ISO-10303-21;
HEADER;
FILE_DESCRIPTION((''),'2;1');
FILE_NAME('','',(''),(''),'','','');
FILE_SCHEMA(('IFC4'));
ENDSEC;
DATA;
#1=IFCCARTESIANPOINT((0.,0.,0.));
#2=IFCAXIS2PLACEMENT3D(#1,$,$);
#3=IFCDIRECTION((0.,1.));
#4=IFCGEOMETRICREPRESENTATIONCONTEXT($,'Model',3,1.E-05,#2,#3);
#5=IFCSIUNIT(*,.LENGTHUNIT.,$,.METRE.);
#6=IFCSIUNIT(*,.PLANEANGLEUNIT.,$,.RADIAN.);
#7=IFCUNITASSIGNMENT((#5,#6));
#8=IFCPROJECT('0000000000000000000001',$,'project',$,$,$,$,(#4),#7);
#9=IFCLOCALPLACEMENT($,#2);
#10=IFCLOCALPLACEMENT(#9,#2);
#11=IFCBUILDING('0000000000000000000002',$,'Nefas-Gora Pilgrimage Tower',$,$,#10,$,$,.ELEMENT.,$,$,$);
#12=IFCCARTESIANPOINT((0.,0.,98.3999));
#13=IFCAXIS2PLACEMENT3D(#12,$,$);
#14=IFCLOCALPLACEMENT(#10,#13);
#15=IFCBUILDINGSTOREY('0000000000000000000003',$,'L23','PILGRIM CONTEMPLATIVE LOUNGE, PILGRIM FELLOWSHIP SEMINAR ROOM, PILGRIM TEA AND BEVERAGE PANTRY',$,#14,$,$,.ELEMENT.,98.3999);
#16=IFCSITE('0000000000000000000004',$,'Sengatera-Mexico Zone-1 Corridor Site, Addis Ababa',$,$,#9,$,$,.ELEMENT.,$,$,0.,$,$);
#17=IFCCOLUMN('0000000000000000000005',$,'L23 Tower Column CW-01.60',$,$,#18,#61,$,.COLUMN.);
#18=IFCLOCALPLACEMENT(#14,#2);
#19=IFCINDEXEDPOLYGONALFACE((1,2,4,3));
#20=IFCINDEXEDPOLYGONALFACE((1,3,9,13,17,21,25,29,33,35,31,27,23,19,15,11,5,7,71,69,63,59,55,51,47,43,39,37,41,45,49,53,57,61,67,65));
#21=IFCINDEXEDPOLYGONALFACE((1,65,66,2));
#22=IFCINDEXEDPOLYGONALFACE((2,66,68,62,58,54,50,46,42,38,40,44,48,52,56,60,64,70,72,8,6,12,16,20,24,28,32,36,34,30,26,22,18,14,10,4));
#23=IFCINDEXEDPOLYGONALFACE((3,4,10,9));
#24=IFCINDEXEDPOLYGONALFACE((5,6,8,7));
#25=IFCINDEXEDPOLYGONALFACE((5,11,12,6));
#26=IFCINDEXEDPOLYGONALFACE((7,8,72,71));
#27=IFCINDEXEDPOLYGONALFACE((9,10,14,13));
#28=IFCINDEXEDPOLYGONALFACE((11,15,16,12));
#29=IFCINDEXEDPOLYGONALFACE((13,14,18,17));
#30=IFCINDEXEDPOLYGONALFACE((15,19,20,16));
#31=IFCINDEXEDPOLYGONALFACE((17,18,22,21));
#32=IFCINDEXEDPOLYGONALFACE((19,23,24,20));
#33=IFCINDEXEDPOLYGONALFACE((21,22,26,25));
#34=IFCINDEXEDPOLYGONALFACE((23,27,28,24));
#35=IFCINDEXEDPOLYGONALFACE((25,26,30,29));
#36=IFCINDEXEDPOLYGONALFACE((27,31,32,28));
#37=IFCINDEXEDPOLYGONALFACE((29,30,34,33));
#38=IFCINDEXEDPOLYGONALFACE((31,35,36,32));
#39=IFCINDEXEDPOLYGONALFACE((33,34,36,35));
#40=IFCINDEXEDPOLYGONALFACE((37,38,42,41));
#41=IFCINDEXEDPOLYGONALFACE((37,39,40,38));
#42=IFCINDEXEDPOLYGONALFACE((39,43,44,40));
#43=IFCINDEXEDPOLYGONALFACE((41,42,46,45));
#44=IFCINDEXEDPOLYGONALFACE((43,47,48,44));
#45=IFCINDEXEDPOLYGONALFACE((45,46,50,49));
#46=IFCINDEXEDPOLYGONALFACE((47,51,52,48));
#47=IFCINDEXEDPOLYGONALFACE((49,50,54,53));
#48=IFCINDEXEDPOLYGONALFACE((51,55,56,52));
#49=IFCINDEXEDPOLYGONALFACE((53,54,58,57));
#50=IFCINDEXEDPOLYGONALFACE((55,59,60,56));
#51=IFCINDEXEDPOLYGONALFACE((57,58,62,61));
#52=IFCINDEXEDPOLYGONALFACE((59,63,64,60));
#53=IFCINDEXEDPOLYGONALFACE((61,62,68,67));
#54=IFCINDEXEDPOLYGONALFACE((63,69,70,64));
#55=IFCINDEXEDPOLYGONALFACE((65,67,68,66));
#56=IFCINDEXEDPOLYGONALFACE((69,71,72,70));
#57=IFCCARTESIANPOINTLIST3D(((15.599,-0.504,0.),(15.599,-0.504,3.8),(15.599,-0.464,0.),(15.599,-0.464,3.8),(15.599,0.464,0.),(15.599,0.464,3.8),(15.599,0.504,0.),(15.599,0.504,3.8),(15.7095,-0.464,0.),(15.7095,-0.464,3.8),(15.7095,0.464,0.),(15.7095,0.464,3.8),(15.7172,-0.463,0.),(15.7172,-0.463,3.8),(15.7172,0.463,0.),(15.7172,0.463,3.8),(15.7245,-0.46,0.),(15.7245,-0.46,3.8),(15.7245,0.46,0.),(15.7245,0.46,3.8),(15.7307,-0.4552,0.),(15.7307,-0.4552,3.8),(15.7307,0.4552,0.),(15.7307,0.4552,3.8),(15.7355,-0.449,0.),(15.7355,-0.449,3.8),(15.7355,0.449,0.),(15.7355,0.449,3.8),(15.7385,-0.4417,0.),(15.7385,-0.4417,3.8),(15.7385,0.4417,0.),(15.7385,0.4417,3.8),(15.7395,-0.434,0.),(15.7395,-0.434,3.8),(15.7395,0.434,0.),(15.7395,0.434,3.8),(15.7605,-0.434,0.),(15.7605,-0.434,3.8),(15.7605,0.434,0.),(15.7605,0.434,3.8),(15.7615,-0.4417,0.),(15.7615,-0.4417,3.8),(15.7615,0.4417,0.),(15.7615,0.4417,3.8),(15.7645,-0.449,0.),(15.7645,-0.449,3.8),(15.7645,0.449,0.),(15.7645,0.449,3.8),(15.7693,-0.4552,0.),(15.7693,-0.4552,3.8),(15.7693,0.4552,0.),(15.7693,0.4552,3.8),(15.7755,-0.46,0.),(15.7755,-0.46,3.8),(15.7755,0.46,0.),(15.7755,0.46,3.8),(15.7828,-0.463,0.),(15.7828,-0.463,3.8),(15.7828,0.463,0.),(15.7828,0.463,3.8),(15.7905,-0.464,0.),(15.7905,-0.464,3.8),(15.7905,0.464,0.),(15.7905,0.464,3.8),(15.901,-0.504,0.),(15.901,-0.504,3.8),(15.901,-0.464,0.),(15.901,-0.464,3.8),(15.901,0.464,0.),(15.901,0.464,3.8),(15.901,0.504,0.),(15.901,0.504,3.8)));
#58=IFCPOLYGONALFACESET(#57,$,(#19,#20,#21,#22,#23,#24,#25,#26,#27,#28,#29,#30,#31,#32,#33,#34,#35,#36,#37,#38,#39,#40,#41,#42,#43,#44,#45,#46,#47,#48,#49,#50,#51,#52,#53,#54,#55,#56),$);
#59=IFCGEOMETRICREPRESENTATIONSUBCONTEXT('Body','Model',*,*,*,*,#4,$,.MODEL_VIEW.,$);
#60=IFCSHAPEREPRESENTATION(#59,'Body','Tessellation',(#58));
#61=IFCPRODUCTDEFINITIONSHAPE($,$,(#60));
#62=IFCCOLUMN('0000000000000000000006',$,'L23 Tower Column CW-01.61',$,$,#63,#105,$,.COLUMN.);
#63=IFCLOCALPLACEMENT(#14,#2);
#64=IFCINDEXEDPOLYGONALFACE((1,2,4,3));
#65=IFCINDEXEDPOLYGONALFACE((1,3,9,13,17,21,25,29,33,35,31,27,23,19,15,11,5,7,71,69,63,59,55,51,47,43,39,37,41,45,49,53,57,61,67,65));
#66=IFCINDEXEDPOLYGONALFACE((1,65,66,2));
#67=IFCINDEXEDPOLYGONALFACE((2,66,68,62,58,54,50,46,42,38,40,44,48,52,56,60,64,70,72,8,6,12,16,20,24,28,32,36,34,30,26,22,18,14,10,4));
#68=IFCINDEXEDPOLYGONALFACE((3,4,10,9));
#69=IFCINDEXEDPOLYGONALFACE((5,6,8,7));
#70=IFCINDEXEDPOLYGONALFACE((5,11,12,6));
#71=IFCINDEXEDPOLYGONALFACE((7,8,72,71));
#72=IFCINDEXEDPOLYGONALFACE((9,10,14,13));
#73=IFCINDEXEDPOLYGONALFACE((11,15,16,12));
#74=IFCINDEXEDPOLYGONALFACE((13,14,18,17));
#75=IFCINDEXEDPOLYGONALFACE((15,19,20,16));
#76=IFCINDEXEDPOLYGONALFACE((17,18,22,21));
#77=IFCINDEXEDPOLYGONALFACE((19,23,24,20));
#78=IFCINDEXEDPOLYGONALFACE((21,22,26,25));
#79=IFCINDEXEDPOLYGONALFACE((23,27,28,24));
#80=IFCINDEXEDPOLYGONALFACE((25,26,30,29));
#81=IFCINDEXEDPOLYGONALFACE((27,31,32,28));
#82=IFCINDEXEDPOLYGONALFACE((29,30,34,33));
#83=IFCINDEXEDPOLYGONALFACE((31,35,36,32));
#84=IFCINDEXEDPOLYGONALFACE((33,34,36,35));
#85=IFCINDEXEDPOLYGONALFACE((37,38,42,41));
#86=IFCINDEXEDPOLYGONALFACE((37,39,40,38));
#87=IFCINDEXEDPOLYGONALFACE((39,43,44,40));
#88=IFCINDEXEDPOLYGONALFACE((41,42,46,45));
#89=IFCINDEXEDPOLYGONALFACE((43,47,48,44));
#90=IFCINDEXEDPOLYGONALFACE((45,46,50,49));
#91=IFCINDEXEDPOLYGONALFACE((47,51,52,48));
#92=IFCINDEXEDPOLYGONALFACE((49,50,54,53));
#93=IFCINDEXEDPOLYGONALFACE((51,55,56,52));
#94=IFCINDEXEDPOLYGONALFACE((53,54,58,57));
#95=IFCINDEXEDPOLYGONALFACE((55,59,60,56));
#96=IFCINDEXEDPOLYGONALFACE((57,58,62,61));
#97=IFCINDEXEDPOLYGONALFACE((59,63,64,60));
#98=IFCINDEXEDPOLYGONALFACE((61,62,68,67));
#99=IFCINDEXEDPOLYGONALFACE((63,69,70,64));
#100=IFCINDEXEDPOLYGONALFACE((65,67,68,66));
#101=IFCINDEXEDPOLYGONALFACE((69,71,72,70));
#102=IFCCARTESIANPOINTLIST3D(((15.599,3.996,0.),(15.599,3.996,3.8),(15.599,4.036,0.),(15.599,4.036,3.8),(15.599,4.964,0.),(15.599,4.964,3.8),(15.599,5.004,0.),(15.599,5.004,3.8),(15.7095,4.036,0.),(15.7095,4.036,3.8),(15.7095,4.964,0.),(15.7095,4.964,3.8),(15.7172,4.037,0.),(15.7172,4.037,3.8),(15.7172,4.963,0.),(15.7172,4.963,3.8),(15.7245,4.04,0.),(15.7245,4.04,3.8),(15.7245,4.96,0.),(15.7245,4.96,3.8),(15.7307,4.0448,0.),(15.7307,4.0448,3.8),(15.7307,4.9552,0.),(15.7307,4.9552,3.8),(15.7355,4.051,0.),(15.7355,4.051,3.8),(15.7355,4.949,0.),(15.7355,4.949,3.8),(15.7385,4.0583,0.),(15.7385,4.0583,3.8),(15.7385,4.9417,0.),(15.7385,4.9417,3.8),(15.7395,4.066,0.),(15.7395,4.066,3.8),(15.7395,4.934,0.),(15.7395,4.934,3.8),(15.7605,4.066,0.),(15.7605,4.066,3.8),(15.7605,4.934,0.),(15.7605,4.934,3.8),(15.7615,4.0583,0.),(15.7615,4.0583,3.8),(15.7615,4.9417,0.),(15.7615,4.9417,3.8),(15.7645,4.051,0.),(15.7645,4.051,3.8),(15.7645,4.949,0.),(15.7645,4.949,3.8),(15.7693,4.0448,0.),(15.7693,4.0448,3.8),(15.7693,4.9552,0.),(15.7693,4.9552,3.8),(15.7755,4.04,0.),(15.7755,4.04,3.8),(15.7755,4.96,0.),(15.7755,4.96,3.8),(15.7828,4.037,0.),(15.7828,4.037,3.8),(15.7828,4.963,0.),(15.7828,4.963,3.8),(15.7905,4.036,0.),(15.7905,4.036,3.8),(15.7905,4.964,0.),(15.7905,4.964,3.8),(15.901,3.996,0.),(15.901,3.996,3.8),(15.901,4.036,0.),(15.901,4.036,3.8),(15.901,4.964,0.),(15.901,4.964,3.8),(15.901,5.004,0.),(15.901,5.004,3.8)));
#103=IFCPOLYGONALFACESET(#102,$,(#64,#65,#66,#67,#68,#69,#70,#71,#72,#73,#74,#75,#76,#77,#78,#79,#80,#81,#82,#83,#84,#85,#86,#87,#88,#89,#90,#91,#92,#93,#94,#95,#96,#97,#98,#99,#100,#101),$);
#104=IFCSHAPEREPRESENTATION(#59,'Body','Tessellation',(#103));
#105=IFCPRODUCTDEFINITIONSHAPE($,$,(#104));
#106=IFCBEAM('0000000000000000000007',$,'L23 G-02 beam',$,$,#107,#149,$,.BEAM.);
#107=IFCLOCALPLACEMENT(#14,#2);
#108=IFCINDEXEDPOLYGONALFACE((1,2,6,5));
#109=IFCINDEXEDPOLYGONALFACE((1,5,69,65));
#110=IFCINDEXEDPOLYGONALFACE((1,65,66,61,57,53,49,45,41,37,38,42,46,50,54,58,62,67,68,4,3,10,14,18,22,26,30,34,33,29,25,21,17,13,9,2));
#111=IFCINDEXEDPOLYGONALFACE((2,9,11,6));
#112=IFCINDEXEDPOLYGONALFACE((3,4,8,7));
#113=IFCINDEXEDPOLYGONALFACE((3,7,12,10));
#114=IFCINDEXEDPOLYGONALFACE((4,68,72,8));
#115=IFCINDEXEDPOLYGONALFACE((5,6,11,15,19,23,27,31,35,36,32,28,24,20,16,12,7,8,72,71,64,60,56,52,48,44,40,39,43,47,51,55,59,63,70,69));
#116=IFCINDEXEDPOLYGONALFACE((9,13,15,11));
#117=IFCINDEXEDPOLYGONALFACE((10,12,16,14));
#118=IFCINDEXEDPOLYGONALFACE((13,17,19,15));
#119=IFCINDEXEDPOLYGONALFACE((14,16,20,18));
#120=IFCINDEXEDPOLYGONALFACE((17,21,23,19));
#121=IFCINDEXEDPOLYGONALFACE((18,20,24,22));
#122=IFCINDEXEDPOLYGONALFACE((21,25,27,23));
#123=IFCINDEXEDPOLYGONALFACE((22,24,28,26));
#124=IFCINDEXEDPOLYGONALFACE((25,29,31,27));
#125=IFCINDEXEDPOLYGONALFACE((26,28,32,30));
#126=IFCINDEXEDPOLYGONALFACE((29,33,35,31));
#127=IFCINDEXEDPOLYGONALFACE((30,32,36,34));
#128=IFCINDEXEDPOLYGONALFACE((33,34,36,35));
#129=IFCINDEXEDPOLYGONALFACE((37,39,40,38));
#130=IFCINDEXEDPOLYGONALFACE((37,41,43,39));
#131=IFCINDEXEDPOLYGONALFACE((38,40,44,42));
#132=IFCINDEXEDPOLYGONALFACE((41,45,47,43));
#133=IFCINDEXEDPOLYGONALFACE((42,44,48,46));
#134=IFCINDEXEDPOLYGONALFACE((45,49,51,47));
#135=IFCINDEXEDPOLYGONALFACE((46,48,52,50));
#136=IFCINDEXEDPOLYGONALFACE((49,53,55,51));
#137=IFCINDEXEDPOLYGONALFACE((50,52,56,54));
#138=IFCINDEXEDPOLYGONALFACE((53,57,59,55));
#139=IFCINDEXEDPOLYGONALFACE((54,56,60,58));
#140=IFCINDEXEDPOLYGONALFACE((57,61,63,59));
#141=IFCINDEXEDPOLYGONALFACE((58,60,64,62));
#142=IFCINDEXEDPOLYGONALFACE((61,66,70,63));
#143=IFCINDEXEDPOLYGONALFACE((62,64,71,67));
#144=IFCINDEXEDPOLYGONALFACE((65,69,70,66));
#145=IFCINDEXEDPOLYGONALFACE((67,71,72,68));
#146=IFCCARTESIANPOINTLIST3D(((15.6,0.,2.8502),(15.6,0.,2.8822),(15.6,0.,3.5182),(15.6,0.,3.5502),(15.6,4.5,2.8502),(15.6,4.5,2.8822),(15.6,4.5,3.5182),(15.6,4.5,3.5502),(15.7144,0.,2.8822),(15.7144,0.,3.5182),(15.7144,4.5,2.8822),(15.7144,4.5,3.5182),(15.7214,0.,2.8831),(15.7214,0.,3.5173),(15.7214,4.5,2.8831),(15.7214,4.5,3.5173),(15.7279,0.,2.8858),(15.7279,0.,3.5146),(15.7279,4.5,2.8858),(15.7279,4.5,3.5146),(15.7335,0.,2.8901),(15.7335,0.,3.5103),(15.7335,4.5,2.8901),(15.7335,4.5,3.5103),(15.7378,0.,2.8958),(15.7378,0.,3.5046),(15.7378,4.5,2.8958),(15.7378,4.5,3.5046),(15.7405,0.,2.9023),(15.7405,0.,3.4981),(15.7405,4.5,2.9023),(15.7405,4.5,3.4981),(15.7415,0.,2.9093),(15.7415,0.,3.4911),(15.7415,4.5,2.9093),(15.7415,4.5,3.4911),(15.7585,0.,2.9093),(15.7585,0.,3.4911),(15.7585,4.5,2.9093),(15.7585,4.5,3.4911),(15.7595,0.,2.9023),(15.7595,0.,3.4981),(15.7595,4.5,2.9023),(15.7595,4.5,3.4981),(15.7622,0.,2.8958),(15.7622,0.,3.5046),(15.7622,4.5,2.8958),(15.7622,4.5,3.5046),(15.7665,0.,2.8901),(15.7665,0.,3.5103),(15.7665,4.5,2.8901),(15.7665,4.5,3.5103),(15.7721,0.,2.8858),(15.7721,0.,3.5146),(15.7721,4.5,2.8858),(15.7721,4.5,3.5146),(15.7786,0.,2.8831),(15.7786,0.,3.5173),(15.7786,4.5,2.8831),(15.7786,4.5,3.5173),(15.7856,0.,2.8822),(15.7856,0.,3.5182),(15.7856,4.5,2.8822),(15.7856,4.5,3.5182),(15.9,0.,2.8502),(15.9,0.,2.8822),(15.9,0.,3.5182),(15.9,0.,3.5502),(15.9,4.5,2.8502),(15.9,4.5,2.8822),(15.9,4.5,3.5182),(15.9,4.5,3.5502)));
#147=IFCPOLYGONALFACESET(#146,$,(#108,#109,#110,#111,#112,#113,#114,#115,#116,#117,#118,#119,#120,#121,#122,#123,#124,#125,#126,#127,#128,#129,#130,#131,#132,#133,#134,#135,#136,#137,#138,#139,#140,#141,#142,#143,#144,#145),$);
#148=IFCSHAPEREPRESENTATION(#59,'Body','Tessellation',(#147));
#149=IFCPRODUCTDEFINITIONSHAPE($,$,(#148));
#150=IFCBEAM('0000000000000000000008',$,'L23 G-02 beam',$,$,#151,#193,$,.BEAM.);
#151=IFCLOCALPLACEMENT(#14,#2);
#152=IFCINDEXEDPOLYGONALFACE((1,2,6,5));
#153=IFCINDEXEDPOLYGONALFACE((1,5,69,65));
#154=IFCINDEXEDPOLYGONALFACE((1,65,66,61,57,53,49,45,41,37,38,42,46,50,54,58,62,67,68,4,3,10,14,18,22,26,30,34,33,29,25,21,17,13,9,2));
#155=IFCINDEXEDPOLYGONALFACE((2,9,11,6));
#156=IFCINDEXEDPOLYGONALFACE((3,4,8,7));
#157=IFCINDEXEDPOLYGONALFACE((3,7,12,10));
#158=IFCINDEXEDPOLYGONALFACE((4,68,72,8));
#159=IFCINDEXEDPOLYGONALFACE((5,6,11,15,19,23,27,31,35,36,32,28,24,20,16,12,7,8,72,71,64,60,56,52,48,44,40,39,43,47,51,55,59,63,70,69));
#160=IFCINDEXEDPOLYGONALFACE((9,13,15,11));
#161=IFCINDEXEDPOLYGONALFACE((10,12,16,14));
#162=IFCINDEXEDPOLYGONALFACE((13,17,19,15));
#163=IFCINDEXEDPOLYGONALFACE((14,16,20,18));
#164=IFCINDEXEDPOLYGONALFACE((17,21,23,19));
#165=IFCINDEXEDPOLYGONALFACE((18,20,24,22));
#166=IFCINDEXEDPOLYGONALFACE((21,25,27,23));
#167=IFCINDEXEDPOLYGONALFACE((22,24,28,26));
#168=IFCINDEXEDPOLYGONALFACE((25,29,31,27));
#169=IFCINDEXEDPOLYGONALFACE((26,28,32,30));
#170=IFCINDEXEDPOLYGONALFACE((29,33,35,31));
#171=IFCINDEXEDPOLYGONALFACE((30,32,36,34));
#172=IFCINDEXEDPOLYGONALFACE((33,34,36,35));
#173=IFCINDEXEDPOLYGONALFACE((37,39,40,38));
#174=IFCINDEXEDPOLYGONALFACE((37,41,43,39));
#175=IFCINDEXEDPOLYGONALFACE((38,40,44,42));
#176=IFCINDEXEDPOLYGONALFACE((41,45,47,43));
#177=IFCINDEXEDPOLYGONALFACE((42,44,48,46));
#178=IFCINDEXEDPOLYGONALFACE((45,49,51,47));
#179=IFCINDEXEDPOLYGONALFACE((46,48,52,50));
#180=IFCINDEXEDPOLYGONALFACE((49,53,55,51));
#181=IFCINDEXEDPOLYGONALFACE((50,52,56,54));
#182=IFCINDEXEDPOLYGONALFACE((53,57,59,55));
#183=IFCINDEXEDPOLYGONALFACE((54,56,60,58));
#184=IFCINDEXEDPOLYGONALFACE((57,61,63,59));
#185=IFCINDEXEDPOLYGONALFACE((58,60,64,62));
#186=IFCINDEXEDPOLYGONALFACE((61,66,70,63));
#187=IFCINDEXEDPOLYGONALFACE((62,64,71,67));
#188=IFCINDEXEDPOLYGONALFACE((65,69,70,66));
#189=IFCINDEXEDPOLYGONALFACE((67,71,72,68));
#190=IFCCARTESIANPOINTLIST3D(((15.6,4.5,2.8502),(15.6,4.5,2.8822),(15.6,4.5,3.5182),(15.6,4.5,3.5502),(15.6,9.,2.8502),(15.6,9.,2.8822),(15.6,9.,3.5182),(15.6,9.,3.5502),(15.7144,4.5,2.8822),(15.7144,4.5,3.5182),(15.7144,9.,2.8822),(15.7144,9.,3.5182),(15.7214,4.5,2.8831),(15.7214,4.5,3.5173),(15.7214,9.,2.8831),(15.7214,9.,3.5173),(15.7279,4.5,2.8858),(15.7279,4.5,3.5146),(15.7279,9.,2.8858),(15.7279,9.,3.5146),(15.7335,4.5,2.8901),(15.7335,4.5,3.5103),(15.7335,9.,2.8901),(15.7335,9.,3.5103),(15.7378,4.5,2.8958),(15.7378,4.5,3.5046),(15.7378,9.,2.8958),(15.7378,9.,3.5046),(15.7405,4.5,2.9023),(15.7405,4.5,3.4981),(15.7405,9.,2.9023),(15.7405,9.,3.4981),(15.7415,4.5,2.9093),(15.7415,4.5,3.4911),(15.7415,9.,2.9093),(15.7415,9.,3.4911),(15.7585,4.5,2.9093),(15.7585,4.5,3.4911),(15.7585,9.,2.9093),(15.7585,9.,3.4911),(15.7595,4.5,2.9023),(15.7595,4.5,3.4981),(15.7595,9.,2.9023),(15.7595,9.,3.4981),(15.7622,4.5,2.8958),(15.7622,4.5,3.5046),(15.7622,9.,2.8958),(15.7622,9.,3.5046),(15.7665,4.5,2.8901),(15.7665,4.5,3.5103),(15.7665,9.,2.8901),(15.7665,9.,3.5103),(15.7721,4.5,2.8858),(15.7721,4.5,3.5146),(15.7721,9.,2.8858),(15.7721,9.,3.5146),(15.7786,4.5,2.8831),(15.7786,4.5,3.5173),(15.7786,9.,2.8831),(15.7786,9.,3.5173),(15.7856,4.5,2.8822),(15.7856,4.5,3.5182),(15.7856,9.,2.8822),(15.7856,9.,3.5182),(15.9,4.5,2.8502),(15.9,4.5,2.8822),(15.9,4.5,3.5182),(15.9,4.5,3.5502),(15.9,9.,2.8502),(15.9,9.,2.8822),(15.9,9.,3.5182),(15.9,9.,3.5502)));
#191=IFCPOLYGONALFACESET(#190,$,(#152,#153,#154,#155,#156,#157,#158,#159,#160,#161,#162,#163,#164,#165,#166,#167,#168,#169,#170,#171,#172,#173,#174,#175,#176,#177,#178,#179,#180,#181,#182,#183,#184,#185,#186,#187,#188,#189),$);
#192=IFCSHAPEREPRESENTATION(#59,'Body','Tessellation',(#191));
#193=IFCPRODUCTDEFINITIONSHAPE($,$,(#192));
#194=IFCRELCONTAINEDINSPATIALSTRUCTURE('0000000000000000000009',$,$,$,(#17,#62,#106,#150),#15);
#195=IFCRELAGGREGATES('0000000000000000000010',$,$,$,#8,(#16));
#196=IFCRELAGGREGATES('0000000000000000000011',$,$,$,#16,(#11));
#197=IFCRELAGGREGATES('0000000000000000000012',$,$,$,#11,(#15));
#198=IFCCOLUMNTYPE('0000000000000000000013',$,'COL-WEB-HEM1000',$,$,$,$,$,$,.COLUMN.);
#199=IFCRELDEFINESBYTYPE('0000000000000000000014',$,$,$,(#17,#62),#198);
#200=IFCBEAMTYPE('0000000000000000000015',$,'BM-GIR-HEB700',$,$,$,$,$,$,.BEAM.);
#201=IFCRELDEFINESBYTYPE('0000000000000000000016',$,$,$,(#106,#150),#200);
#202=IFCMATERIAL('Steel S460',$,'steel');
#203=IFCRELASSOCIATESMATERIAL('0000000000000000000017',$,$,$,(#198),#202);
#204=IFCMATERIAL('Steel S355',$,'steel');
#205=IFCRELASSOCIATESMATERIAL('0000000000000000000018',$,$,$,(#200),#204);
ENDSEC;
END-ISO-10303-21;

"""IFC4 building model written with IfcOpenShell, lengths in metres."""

from ifc_helpers import new_model, si_unit, direction, frame, origin, origin_2d, place, context, subcontext, project, spatial, i_section, extrude, source, transform, mapped, material, material_profile, profile_set, type_object, element, save


model = new_model("IFC4")

# Units and contexts
model_context = context("Model", 3, precision=1e-05, world=origin(), true_north=direction((0.0, 1.0)))
body_context = subcontext(model_context, "Body", "Model", "MODEL_VIEW")
ifc_project = project(units=[si_unit("LENGTHUNIT", "METRE"), si_unit("PLANEANGLEUNIT", "RADIAN")], contexts=[model_context])

# Site, building, storey
site_placement = place(None, origin())
site = spatial("IfcSite", under=ifc_project, at=site_placement, Name="Sengatera-Mexico Zone-1 Corridor Site, Addis Ababa", CompositionType="ELEMENT", RefElevation=0.0)
building_placement = place(site_placement, origin())
building = spatial("IfcBuilding", under=site, at=building_placement, Name="Nefas-Gora Pilgrimage Tower", CompositionType="ELEMENT")
storey_placement = place(building_placement, frame((0.0, 0.0, 98.3999)))
storey = spatial("IfcBuildingStorey", under=building, at=storey_placement, Name="L23", Description="PILGRIM CONTEMPLATIVE LOUNGE, PILGRIM FELLOWSHIP SEMINAR ROOM, PILGRIM TEA AND BEVERAGE PANTRY", CompositionType="ELEMENT", Elevation=98.3999)

# Columns
ifc_material_1 = material(Name="Steel S460", Category="steel")
ifc_material_profile_1 = material_profile(ifc_material_1, i_section(OverallWidth=0.302, OverallDepth=1.0081, WebThickness=0.021, FlangeThickness=0.04, FilletRadius=0.03, at=origin_2d()), Name="HEM 1000")
ifc_profile_set_1 = profile_set([ifc_material_profile_1], Name="Steel S460")
column_type = type_object("IfcColumnType", Name="COL-WEB-HEM1000", PredefinedType="COLUMN", material=ifc_profile_set_1)
shared_shape_1 = source(origin(), body_context, "Body", "SweptSolid", [
    extrude(i_section(OverallWidth=0.302, OverallDepth=1.0081, WebThickness=0.021, FlangeThickness=0.04, FilletRadius=0.03, at=origin_2d()), origin(), (0.0, 0.0, 1.0), 3.8),
])
for number, where, z_axis, x_axis, name in (
    (1, (15.75, 0.0, 0.0), (0.0, 0.0, 1.0), (1.0, 0.0, 0.0), "L23 Tower Column CW-01.60"),
    (2, (15.75, 4.5, 0.0), (0.0, 0.0, 1.0), (1.0, 0.0, 0.0), "L23 Tower Column CW-01.61"),
):
    element("IfcColumn", number, at=place(storey_placement, frame(where, z_axis=z_axis, x_axis=x_axis)), inside=storey, type_object=column_type, Name=name, PredefinedType="COLUMN", context=body_context, shape_type="MappedRepresentation", body=[
        mapped(shared_shape_1, transform((0.0, 0.0, 0.0), x_axis=(1.0, 0.0, 0.0), y_axis=(0.0, 1.0, 0.0), z_axis=(0.0, 0.0, 1.0), scale=1.0)),
    ])

# Beams
ifc_material_2 = material(Name="Steel S355", Category="steel")
ifc_material_profile_2 = material_profile(ifc_material_2, i_section(OverallWidth=0.3, OverallDepth=0.7, WebThickness=0.0171, FlangeThickness=0.032, FilletRadius=0.0271, at=origin_2d()), Name="HEB 700")
ifc_profile_set_2 = profile_set([ifc_material_profile_2], Name="Steel S355")
beam_type = type_object("IfcBeamType", Name="BM-GIR-HEB700", PredefinedType="BEAM", material=ifc_profile_set_2)
shared_shape_2 = source(origin(), body_context, "Body", "SweptSolid", [
    extrude(i_section(OverallWidth=0.3, OverallDepth=0.7, WebThickness=0.0171, FlangeThickness=0.032, FilletRadius=0.0271, at=origin_2d()), origin(), (0.0, 0.0, 1.0), 4.5),
])
for number, where, z_axis, x_axis, name in (
    (3, (15.75, 0.0, 3.2002), (0.0, 1.0, 0.0), (-1.0, 0.0, 0.0), "L23 G-02 beam"),
    (4, (15.75, 4.5, 3.2002), (0.0, 1.0, 0.0), (-1.0, 0.0, 0.0), "L23 G-02 beam"),
):
    element("IfcBeam", number, at=place(storey_placement, frame(where, z_axis=z_axis, x_axis=x_axis)), inside=storey, type_object=beam_type, Name=name, PredefinedType="BEAM", context=body_context, shape_type="MappedRepresentation", body=[
        mapped(shared_shape_2, transform((0.0, 0.0, 0.0), x_axis=(1.0, 0.0, 0.0), y_axis=(0.0, 1.0, 0.0), z_axis=(0.0, 0.0, 1.0), scale=1.0)),
    ])

save(model, "model.ifc")
